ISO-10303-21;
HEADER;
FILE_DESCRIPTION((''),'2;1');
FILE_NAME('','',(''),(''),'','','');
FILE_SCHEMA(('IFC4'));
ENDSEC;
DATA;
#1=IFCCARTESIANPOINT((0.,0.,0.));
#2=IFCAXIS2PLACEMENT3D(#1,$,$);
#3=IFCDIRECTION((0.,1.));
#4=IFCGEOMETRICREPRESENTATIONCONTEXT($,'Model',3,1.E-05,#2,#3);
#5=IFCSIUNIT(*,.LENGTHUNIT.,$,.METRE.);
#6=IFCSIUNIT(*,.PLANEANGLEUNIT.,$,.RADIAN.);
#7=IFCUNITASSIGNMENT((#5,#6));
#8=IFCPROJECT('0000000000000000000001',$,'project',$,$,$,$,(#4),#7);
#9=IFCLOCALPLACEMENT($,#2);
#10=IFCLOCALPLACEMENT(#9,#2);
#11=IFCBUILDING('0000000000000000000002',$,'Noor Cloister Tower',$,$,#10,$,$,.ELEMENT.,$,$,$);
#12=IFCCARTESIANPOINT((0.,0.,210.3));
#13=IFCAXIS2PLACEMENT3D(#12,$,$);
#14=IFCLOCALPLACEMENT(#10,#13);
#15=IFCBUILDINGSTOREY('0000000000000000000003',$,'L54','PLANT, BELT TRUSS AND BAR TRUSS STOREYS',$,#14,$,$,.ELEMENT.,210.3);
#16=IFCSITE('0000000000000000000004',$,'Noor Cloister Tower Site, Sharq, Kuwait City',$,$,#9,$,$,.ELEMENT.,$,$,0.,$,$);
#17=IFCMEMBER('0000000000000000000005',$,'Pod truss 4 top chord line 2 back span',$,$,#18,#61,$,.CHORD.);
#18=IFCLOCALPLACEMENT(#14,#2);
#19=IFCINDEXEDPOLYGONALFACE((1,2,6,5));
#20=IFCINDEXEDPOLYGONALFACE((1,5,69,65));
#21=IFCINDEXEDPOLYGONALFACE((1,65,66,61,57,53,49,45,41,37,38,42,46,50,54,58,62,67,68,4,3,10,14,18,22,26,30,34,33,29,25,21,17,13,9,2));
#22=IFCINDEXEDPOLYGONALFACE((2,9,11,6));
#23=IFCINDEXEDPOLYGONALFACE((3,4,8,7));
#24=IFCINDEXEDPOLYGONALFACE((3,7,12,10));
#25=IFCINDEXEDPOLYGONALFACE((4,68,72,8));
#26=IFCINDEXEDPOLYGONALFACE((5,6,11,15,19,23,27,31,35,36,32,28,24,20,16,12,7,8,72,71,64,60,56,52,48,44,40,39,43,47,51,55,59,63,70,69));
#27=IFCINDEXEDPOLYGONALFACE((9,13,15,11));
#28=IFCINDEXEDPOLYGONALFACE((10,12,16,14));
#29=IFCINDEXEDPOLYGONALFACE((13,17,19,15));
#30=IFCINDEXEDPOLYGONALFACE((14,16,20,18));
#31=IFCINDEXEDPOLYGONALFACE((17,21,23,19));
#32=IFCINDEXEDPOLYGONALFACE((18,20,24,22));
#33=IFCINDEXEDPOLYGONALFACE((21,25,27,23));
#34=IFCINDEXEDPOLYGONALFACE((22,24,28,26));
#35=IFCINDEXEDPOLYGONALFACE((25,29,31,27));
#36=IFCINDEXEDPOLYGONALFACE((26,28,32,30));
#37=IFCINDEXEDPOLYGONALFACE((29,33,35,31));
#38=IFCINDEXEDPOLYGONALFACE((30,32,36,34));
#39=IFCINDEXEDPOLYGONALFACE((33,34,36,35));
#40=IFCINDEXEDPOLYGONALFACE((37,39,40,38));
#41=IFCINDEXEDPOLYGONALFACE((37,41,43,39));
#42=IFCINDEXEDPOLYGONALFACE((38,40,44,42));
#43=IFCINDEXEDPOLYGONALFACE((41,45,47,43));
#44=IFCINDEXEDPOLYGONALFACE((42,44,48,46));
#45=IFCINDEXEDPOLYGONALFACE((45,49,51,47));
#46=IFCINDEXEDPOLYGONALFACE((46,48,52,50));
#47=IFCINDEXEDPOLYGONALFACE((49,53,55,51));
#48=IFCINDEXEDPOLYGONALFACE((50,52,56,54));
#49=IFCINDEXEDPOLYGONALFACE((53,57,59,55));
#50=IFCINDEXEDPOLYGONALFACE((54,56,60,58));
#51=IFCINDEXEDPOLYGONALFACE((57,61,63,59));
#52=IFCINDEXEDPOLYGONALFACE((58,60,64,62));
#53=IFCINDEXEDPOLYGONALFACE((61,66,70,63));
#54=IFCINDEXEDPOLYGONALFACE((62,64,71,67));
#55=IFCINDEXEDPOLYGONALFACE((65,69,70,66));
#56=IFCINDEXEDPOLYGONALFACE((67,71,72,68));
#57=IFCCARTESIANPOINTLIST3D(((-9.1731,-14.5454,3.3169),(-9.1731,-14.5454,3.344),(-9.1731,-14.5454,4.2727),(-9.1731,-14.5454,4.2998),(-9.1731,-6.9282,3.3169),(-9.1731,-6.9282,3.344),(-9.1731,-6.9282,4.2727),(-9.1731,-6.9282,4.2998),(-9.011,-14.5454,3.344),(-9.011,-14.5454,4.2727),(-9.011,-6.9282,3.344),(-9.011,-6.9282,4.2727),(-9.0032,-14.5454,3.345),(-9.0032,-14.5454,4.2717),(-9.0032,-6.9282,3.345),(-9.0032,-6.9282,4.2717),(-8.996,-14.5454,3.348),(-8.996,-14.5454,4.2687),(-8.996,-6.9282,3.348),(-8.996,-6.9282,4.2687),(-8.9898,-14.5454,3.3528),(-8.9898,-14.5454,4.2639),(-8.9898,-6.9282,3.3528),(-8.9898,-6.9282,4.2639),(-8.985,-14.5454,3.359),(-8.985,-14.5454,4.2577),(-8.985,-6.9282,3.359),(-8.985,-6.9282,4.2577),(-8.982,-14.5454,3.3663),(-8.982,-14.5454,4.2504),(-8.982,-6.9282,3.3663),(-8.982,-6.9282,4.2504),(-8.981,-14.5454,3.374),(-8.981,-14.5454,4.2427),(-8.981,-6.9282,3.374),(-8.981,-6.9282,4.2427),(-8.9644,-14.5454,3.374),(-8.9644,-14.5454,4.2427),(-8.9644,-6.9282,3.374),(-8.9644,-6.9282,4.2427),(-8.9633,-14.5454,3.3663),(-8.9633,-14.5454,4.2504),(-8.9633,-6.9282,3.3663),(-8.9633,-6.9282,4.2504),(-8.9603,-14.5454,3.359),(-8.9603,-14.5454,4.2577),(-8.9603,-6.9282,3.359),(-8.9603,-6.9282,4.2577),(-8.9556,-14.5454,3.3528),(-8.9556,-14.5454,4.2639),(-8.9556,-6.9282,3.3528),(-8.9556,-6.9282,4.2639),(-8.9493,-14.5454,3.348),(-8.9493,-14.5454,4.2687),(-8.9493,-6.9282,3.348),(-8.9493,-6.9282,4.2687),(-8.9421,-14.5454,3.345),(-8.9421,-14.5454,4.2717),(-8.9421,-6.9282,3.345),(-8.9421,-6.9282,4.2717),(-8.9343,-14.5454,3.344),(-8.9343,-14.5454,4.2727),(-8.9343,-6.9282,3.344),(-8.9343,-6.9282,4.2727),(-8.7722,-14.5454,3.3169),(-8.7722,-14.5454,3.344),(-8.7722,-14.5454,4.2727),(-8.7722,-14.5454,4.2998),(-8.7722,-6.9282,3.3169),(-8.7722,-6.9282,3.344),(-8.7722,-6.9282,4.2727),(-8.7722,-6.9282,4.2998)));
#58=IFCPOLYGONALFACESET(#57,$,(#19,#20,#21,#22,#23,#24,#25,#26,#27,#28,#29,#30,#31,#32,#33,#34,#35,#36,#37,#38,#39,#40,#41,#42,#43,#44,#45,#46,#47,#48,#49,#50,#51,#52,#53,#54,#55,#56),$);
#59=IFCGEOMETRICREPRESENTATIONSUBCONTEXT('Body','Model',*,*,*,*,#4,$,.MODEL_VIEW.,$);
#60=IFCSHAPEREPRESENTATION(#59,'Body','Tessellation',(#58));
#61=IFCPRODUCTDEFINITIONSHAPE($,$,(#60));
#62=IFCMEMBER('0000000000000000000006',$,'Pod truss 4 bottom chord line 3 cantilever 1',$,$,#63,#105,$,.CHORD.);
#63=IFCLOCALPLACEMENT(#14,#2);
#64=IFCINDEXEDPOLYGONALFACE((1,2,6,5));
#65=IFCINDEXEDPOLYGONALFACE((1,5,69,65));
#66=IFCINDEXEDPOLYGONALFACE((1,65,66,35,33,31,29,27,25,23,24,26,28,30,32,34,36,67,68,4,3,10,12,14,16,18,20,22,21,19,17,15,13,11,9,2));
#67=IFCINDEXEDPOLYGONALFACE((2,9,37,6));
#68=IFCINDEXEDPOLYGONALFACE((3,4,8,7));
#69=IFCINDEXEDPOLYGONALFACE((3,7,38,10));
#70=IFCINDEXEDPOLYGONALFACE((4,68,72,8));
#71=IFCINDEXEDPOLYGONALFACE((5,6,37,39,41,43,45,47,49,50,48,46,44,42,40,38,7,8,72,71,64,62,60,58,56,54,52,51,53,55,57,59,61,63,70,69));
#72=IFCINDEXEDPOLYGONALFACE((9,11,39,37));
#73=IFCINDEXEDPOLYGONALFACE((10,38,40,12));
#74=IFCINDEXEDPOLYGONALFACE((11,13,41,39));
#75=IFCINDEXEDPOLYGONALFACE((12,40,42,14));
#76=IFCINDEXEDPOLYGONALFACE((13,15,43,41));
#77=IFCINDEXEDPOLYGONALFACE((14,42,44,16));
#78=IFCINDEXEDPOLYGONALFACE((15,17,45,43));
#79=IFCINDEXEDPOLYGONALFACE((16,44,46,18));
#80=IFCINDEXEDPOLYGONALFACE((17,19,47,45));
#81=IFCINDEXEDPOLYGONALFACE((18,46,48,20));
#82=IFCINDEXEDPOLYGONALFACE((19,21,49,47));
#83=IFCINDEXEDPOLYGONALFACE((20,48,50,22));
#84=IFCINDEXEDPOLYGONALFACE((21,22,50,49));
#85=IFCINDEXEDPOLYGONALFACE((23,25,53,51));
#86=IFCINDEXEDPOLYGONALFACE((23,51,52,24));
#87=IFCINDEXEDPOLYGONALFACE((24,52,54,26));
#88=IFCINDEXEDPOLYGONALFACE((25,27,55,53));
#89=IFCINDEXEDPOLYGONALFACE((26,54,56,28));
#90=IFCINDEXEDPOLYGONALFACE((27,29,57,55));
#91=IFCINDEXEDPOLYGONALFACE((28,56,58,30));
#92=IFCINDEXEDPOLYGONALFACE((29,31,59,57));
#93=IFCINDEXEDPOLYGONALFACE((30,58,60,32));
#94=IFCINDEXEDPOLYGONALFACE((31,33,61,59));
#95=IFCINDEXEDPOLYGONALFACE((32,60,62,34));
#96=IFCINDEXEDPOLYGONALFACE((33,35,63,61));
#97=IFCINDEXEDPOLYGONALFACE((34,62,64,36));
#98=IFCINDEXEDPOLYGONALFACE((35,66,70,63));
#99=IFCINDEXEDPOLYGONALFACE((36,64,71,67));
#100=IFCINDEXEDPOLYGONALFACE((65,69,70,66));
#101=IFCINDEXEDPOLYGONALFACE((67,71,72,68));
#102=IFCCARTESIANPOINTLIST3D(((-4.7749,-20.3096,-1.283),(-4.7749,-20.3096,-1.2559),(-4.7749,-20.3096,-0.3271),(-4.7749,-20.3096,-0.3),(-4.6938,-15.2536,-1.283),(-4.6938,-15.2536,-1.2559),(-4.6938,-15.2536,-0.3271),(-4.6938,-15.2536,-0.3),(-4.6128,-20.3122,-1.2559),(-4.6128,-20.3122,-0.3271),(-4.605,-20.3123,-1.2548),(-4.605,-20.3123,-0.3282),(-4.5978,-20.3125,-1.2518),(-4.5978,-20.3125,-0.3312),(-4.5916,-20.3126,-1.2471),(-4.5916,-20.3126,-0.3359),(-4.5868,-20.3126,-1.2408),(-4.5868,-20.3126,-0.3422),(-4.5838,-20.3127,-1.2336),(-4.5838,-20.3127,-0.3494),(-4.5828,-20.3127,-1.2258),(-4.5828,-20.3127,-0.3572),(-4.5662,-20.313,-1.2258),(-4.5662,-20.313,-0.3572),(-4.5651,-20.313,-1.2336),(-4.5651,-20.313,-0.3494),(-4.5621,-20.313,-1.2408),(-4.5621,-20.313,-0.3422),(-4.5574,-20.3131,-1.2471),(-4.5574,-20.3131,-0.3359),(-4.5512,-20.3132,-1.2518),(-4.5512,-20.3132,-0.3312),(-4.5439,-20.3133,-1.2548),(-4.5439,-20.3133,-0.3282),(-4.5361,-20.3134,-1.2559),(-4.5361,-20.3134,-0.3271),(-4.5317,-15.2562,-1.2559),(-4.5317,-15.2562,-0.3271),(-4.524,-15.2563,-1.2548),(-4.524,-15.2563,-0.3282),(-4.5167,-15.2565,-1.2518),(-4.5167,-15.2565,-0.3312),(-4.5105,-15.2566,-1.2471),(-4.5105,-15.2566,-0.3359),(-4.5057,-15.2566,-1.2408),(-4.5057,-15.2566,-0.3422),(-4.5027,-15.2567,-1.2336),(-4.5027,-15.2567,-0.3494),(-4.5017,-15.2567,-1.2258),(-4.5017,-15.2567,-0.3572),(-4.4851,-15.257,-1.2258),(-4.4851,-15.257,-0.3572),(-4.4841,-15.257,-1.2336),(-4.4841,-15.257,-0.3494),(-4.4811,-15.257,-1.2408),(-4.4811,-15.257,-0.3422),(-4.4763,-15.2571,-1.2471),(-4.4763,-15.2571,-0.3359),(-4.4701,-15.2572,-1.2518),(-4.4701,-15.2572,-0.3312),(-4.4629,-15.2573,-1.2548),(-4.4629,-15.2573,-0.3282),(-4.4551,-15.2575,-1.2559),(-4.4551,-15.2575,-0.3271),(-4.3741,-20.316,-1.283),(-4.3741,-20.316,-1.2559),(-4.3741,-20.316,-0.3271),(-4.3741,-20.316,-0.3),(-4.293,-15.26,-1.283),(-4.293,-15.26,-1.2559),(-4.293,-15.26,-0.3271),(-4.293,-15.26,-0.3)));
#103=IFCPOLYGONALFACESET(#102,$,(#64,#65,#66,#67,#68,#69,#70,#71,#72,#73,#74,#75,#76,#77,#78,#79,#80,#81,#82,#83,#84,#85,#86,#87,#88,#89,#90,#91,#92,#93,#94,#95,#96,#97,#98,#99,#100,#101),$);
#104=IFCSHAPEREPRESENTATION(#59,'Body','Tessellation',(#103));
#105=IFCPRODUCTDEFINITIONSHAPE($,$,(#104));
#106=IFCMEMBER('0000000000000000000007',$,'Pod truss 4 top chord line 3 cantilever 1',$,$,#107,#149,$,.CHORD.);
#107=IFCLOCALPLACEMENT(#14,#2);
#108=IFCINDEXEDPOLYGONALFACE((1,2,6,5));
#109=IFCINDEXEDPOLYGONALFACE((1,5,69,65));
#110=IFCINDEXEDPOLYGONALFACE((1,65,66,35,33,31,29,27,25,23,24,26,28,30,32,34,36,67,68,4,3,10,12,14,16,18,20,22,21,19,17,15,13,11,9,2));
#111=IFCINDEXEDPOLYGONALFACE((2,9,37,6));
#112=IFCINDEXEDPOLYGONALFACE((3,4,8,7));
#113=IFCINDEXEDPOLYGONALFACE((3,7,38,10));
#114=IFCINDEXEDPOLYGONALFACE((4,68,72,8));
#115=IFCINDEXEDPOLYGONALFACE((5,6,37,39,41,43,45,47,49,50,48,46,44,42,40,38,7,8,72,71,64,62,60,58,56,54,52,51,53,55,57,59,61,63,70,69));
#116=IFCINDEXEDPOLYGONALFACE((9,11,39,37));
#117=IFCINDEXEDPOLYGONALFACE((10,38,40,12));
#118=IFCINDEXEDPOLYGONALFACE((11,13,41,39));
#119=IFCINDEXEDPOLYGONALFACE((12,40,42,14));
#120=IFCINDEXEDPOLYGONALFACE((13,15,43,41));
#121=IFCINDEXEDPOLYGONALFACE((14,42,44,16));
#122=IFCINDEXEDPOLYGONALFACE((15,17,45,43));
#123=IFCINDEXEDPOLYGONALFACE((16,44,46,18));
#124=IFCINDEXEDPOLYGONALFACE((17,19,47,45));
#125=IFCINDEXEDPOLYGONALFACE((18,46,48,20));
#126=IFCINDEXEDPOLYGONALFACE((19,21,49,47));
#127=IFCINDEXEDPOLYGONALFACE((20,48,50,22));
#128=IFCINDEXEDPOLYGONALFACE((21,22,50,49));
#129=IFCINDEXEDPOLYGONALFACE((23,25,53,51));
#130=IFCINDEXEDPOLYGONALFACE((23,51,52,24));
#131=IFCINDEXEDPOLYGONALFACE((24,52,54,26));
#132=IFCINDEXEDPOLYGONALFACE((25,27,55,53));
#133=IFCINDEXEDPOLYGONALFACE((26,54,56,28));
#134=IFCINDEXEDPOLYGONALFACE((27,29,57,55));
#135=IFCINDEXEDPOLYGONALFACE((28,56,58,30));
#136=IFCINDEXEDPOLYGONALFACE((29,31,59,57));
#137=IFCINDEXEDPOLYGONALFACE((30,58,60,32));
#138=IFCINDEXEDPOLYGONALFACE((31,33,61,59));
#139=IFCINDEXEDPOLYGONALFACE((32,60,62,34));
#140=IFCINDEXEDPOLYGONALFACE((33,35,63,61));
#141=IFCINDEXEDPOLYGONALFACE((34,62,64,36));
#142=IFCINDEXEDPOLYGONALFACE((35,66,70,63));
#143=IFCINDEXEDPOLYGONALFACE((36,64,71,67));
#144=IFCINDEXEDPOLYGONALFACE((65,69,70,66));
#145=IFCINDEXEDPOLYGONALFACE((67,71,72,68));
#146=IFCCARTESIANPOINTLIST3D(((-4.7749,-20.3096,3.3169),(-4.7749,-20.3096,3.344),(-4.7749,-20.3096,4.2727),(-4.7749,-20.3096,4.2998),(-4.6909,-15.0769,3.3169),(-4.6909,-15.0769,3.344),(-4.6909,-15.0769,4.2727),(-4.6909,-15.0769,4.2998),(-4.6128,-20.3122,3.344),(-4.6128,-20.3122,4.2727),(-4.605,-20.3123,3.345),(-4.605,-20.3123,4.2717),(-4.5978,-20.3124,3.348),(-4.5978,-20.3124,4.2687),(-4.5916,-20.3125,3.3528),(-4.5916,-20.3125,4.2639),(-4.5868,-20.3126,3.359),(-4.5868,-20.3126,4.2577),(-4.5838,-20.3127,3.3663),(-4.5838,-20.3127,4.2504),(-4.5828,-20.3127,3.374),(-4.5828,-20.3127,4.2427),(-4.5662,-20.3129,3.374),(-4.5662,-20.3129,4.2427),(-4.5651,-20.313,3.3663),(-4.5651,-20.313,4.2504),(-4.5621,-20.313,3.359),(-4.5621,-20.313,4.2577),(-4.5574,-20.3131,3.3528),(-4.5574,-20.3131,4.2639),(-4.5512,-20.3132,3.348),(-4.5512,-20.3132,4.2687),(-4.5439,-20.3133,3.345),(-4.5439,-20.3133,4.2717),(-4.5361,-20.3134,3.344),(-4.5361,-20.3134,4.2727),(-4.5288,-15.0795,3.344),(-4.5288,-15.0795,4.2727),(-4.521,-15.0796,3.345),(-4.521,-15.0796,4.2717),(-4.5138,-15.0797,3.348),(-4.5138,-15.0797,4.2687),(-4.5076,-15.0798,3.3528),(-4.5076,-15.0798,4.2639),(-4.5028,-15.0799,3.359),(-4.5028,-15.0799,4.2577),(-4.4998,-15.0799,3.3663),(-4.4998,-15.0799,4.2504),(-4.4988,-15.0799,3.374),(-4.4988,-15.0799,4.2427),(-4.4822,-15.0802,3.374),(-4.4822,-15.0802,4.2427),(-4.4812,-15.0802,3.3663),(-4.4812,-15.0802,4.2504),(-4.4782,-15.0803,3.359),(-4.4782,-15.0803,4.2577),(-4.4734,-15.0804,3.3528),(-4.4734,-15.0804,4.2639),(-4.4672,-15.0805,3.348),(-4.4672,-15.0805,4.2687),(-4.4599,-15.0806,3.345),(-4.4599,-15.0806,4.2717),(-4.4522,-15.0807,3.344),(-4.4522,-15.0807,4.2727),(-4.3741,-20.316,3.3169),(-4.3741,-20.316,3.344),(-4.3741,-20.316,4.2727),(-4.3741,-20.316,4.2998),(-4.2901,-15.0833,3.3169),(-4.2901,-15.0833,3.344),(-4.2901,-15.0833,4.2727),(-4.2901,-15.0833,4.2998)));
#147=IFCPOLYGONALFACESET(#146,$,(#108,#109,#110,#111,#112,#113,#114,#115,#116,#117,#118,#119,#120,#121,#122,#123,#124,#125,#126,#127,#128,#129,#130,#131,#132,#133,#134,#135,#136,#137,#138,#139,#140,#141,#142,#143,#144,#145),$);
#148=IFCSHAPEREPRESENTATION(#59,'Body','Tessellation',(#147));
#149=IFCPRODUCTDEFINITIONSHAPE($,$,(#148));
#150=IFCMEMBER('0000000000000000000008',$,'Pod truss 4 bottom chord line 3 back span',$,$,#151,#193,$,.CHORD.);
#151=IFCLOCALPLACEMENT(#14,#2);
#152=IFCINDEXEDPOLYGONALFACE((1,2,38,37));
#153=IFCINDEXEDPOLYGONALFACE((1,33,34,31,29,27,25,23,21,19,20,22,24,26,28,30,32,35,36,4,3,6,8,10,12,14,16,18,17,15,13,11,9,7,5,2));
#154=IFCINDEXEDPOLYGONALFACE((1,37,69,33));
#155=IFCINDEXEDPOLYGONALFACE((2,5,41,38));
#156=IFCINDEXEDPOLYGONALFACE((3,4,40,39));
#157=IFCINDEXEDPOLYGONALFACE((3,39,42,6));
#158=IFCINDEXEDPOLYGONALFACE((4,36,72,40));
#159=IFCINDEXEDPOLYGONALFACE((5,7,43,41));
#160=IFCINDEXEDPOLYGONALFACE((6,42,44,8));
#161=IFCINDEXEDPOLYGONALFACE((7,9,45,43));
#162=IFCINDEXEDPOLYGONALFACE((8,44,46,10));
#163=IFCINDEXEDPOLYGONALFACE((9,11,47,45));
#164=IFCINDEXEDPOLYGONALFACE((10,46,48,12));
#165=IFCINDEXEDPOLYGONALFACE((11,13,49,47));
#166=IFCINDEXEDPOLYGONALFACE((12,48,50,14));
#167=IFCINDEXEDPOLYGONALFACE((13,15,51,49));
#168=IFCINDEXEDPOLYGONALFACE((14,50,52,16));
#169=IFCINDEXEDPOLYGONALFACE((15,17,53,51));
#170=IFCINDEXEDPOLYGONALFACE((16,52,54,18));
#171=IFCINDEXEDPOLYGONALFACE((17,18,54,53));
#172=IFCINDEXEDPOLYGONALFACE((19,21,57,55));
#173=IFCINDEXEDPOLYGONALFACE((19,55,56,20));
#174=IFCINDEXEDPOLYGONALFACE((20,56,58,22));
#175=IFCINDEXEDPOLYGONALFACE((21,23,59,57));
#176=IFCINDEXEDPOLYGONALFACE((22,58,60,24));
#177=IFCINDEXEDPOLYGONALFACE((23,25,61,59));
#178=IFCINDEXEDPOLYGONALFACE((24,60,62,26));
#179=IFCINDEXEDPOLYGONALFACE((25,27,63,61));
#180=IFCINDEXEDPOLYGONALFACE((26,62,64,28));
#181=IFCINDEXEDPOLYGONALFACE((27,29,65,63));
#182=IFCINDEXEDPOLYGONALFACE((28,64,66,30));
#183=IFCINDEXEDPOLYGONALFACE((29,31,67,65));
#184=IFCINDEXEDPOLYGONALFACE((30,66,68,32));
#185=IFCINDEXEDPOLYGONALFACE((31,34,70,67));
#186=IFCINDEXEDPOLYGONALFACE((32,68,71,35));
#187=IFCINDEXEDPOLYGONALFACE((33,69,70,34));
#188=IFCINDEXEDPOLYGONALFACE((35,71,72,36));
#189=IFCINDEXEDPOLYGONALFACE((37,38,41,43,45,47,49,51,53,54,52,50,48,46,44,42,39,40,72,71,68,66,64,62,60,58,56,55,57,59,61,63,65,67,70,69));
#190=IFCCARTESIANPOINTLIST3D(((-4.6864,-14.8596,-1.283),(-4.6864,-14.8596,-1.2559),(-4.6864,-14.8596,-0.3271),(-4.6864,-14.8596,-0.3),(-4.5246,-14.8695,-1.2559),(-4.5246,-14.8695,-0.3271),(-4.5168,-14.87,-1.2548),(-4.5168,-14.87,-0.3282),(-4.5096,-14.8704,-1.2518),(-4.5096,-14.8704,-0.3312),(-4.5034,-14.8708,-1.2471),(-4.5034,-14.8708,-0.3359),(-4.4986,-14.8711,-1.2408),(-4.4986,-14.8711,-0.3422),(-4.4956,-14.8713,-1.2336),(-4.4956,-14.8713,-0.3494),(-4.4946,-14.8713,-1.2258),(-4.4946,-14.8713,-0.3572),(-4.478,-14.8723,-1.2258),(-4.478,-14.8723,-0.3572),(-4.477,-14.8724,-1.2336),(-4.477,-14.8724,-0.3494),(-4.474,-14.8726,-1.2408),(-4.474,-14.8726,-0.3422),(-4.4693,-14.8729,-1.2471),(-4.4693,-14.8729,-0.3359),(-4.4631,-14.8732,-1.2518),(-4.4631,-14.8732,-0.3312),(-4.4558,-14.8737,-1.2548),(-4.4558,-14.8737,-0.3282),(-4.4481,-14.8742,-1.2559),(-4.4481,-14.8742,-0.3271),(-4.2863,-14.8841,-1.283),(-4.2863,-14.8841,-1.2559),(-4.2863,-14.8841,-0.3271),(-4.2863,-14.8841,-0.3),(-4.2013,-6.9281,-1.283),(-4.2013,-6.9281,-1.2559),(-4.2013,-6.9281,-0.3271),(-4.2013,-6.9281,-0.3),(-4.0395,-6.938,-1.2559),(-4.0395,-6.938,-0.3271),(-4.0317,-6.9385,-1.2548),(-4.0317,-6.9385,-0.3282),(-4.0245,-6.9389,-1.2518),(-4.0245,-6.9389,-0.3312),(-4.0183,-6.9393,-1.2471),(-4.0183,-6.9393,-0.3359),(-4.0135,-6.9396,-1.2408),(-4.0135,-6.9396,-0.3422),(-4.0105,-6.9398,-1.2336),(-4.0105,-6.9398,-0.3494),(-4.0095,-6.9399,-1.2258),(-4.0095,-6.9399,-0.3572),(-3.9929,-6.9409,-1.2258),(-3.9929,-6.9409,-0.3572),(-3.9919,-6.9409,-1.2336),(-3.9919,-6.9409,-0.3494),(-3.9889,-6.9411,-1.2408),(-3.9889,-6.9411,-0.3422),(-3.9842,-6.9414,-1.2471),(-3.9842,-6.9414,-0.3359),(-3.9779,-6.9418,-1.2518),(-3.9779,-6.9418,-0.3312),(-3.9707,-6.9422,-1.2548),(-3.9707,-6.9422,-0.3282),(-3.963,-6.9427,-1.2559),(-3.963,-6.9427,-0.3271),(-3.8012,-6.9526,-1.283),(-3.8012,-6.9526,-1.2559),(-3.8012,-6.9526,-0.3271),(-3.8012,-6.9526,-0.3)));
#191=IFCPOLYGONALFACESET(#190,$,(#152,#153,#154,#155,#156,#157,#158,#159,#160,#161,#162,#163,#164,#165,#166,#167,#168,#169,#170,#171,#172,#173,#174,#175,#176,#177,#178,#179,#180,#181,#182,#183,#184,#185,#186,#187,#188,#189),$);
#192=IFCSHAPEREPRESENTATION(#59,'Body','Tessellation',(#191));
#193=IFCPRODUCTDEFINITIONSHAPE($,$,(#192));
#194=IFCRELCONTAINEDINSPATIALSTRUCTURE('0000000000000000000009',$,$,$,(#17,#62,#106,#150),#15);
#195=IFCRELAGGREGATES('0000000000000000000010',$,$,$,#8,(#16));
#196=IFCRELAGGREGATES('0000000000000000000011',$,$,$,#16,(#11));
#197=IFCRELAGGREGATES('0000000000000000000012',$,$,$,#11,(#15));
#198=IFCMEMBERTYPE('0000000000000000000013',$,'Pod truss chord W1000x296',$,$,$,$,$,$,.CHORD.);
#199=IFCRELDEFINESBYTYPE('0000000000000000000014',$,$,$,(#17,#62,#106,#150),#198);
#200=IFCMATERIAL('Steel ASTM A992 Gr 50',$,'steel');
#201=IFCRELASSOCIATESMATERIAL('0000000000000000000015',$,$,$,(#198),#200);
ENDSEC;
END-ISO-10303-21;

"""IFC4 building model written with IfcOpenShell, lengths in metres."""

from ifc_helpers import new_model, si_unit, direction, frame, origin, origin_2d, place, context, subcontext, project, spatial, i_section, extrude, material, material_profile, profile_set, type_object, element, save


model = new_model("IFC4")

# Units and contexts
model_context = context("Model", 3, precision=1e-05, world=origin(), true_north=direction((0.0, 1.0)))
body_context = subcontext(model_context, "Body", "Model", "MODEL_VIEW")
ifc_project = project(units=[si_unit("LENGTHUNIT", "METRE"), si_unit("PLANEANGLEUNIT", "RADIAN")], contexts=[model_context])

# Site, building, storey
site_placement = place(None, origin())
site = spatial("IfcSite", under=ifc_project, at=site_placement, Name="Noor Cloister Tower Site, Sharq, Kuwait City", CompositionType="ELEMENT", RefElevation=0.0)
building_placement = place(site_placement, origin())
building = spatial("IfcBuilding", under=site, at=building_placement, Name="Noor Cloister Tower", CompositionType="ELEMENT")
storey_placement = place(building_placement, frame((0.0, 0.0, 210.3)))
storey = spatial("IfcBuildingStorey", under=building, at=storey_placement, Name="L54", Description="PLANT, BELT TRUSS AND BAR TRUSS STOREYS", CompositionType="ELEMENT", Elevation=210.3)

# Members
ifc_material_1 = material(Name="Steel ASTM A992 Gr 50", Category="steel")
ifc_material_profile_1 = material_profile(ifc_material_1, i_section(OverallWidth=0.4009, OverallDepth=0.9829, WebThickness=0.0166, FlangeThickness=0.0271, FilletRadius=0.03, at=origin_2d()), Name="W1000x296")
ifc_profile_set_1 = profile_set([ifc_material_profile_1], Name="Steel ASTM A992 Gr 50")
member_type_1 = type_object("IfcMemberType", Name="Pod truss chord W1000x296", PredefinedType="CHORD", material=ifc_profile_set_1)
member_1_placement = place(storey_placement, frame((-8.9727, -14.5454, 3.8083), z_axis=(0.0, 1.0, 0.0), x_axis=(-1.0, 0.0, 0.0)))
element("IfcMember", 1, at=member_1_placement, inside=storey, type_object=member_type_1, Name="Pod truss 4 top chord line 2 back span", PredefinedType="CHORD", context=body_context, shape_type="SweptSolid", body=[
    extrude(i_section(OverallWidth=0.4009, OverallDepth=0.9829, WebThickness=0.0166, FlangeThickness=0.0271, FilletRadius=0.03, at=origin_2d()), origin(), (0.0, 0.0, 1.0), 7.6172),
])
member_2_placement = place(storey_placement, frame((-4.4934, -15.2568, -0.7915), z_axis=(-0.01603, -0.999872, 0.0), x_axis=(0.999872, -0.01603, 0.0)))
element("IfcMember", 2, at=member_2_placement, inside=storey, type_object=member_type_1, Name="Pod truss 4 bottom chord line 3 cantilever 1", PredefinedType="CHORD", context=body_context, shape_type="SweptSolid", body=[
    extrude(i_section(OverallWidth=0.4009, OverallDepth=0.9829, WebThickness=0.0166, FlangeThickness=0.0271, FilletRadius=0.03, at=origin_2d()), origin(), (0.0, 0.0, 1.0), 5.0566),
])
member_3_placement = place(storey_placement, frame((-4.4905, -15.0801, 3.8083), z_axis=(-0.016048, -0.999871, 0.0), x_axis=(0.999871, -0.016048, 0.0)))
element("IfcMember", 3, at=member_3_placement, inside=storey, type_object=member_type_1, Name="Pod truss 4 top chord line 3 cantilever 1", PredefinedType="CHORD", context=body_context, shape_type="SweptSolid", body=[
    extrude(i_section(OverallWidth=0.4009, OverallDepth=0.9829, WebThickness=0.0166, FlangeThickness=0.0271, FilletRadius=0.03, at=origin_2d()), origin(), (0.0, 0.0, 1.0), 5.2334),
])
member_4_placement = place(storey_placement, frame((-4.4863, -14.8718, -0.7915), z_axis=(0.061049, 0.998135, 0.0), x_axis=(-0.998135, 0.061049, 0.0)))
element("IfcMember", 4, at=member_4_placement, inside=storey, type_object=member_type_1, Name="Pod truss 4 bottom chord line 3 back span", PredefinedType="CHORD", context=body_context, shape_type="SweptSolid", body=[
    extrude(i_section(OverallWidth=0.4009, OverallDepth=0.9829, WebThickness=0.0166, FlangeThickness=0.0271, FilletRadius=0.03, at=origin_2d()), origin(), (0.0, 0.0, 1.0), 7.9463),
])

save(model, "model.ifc")
